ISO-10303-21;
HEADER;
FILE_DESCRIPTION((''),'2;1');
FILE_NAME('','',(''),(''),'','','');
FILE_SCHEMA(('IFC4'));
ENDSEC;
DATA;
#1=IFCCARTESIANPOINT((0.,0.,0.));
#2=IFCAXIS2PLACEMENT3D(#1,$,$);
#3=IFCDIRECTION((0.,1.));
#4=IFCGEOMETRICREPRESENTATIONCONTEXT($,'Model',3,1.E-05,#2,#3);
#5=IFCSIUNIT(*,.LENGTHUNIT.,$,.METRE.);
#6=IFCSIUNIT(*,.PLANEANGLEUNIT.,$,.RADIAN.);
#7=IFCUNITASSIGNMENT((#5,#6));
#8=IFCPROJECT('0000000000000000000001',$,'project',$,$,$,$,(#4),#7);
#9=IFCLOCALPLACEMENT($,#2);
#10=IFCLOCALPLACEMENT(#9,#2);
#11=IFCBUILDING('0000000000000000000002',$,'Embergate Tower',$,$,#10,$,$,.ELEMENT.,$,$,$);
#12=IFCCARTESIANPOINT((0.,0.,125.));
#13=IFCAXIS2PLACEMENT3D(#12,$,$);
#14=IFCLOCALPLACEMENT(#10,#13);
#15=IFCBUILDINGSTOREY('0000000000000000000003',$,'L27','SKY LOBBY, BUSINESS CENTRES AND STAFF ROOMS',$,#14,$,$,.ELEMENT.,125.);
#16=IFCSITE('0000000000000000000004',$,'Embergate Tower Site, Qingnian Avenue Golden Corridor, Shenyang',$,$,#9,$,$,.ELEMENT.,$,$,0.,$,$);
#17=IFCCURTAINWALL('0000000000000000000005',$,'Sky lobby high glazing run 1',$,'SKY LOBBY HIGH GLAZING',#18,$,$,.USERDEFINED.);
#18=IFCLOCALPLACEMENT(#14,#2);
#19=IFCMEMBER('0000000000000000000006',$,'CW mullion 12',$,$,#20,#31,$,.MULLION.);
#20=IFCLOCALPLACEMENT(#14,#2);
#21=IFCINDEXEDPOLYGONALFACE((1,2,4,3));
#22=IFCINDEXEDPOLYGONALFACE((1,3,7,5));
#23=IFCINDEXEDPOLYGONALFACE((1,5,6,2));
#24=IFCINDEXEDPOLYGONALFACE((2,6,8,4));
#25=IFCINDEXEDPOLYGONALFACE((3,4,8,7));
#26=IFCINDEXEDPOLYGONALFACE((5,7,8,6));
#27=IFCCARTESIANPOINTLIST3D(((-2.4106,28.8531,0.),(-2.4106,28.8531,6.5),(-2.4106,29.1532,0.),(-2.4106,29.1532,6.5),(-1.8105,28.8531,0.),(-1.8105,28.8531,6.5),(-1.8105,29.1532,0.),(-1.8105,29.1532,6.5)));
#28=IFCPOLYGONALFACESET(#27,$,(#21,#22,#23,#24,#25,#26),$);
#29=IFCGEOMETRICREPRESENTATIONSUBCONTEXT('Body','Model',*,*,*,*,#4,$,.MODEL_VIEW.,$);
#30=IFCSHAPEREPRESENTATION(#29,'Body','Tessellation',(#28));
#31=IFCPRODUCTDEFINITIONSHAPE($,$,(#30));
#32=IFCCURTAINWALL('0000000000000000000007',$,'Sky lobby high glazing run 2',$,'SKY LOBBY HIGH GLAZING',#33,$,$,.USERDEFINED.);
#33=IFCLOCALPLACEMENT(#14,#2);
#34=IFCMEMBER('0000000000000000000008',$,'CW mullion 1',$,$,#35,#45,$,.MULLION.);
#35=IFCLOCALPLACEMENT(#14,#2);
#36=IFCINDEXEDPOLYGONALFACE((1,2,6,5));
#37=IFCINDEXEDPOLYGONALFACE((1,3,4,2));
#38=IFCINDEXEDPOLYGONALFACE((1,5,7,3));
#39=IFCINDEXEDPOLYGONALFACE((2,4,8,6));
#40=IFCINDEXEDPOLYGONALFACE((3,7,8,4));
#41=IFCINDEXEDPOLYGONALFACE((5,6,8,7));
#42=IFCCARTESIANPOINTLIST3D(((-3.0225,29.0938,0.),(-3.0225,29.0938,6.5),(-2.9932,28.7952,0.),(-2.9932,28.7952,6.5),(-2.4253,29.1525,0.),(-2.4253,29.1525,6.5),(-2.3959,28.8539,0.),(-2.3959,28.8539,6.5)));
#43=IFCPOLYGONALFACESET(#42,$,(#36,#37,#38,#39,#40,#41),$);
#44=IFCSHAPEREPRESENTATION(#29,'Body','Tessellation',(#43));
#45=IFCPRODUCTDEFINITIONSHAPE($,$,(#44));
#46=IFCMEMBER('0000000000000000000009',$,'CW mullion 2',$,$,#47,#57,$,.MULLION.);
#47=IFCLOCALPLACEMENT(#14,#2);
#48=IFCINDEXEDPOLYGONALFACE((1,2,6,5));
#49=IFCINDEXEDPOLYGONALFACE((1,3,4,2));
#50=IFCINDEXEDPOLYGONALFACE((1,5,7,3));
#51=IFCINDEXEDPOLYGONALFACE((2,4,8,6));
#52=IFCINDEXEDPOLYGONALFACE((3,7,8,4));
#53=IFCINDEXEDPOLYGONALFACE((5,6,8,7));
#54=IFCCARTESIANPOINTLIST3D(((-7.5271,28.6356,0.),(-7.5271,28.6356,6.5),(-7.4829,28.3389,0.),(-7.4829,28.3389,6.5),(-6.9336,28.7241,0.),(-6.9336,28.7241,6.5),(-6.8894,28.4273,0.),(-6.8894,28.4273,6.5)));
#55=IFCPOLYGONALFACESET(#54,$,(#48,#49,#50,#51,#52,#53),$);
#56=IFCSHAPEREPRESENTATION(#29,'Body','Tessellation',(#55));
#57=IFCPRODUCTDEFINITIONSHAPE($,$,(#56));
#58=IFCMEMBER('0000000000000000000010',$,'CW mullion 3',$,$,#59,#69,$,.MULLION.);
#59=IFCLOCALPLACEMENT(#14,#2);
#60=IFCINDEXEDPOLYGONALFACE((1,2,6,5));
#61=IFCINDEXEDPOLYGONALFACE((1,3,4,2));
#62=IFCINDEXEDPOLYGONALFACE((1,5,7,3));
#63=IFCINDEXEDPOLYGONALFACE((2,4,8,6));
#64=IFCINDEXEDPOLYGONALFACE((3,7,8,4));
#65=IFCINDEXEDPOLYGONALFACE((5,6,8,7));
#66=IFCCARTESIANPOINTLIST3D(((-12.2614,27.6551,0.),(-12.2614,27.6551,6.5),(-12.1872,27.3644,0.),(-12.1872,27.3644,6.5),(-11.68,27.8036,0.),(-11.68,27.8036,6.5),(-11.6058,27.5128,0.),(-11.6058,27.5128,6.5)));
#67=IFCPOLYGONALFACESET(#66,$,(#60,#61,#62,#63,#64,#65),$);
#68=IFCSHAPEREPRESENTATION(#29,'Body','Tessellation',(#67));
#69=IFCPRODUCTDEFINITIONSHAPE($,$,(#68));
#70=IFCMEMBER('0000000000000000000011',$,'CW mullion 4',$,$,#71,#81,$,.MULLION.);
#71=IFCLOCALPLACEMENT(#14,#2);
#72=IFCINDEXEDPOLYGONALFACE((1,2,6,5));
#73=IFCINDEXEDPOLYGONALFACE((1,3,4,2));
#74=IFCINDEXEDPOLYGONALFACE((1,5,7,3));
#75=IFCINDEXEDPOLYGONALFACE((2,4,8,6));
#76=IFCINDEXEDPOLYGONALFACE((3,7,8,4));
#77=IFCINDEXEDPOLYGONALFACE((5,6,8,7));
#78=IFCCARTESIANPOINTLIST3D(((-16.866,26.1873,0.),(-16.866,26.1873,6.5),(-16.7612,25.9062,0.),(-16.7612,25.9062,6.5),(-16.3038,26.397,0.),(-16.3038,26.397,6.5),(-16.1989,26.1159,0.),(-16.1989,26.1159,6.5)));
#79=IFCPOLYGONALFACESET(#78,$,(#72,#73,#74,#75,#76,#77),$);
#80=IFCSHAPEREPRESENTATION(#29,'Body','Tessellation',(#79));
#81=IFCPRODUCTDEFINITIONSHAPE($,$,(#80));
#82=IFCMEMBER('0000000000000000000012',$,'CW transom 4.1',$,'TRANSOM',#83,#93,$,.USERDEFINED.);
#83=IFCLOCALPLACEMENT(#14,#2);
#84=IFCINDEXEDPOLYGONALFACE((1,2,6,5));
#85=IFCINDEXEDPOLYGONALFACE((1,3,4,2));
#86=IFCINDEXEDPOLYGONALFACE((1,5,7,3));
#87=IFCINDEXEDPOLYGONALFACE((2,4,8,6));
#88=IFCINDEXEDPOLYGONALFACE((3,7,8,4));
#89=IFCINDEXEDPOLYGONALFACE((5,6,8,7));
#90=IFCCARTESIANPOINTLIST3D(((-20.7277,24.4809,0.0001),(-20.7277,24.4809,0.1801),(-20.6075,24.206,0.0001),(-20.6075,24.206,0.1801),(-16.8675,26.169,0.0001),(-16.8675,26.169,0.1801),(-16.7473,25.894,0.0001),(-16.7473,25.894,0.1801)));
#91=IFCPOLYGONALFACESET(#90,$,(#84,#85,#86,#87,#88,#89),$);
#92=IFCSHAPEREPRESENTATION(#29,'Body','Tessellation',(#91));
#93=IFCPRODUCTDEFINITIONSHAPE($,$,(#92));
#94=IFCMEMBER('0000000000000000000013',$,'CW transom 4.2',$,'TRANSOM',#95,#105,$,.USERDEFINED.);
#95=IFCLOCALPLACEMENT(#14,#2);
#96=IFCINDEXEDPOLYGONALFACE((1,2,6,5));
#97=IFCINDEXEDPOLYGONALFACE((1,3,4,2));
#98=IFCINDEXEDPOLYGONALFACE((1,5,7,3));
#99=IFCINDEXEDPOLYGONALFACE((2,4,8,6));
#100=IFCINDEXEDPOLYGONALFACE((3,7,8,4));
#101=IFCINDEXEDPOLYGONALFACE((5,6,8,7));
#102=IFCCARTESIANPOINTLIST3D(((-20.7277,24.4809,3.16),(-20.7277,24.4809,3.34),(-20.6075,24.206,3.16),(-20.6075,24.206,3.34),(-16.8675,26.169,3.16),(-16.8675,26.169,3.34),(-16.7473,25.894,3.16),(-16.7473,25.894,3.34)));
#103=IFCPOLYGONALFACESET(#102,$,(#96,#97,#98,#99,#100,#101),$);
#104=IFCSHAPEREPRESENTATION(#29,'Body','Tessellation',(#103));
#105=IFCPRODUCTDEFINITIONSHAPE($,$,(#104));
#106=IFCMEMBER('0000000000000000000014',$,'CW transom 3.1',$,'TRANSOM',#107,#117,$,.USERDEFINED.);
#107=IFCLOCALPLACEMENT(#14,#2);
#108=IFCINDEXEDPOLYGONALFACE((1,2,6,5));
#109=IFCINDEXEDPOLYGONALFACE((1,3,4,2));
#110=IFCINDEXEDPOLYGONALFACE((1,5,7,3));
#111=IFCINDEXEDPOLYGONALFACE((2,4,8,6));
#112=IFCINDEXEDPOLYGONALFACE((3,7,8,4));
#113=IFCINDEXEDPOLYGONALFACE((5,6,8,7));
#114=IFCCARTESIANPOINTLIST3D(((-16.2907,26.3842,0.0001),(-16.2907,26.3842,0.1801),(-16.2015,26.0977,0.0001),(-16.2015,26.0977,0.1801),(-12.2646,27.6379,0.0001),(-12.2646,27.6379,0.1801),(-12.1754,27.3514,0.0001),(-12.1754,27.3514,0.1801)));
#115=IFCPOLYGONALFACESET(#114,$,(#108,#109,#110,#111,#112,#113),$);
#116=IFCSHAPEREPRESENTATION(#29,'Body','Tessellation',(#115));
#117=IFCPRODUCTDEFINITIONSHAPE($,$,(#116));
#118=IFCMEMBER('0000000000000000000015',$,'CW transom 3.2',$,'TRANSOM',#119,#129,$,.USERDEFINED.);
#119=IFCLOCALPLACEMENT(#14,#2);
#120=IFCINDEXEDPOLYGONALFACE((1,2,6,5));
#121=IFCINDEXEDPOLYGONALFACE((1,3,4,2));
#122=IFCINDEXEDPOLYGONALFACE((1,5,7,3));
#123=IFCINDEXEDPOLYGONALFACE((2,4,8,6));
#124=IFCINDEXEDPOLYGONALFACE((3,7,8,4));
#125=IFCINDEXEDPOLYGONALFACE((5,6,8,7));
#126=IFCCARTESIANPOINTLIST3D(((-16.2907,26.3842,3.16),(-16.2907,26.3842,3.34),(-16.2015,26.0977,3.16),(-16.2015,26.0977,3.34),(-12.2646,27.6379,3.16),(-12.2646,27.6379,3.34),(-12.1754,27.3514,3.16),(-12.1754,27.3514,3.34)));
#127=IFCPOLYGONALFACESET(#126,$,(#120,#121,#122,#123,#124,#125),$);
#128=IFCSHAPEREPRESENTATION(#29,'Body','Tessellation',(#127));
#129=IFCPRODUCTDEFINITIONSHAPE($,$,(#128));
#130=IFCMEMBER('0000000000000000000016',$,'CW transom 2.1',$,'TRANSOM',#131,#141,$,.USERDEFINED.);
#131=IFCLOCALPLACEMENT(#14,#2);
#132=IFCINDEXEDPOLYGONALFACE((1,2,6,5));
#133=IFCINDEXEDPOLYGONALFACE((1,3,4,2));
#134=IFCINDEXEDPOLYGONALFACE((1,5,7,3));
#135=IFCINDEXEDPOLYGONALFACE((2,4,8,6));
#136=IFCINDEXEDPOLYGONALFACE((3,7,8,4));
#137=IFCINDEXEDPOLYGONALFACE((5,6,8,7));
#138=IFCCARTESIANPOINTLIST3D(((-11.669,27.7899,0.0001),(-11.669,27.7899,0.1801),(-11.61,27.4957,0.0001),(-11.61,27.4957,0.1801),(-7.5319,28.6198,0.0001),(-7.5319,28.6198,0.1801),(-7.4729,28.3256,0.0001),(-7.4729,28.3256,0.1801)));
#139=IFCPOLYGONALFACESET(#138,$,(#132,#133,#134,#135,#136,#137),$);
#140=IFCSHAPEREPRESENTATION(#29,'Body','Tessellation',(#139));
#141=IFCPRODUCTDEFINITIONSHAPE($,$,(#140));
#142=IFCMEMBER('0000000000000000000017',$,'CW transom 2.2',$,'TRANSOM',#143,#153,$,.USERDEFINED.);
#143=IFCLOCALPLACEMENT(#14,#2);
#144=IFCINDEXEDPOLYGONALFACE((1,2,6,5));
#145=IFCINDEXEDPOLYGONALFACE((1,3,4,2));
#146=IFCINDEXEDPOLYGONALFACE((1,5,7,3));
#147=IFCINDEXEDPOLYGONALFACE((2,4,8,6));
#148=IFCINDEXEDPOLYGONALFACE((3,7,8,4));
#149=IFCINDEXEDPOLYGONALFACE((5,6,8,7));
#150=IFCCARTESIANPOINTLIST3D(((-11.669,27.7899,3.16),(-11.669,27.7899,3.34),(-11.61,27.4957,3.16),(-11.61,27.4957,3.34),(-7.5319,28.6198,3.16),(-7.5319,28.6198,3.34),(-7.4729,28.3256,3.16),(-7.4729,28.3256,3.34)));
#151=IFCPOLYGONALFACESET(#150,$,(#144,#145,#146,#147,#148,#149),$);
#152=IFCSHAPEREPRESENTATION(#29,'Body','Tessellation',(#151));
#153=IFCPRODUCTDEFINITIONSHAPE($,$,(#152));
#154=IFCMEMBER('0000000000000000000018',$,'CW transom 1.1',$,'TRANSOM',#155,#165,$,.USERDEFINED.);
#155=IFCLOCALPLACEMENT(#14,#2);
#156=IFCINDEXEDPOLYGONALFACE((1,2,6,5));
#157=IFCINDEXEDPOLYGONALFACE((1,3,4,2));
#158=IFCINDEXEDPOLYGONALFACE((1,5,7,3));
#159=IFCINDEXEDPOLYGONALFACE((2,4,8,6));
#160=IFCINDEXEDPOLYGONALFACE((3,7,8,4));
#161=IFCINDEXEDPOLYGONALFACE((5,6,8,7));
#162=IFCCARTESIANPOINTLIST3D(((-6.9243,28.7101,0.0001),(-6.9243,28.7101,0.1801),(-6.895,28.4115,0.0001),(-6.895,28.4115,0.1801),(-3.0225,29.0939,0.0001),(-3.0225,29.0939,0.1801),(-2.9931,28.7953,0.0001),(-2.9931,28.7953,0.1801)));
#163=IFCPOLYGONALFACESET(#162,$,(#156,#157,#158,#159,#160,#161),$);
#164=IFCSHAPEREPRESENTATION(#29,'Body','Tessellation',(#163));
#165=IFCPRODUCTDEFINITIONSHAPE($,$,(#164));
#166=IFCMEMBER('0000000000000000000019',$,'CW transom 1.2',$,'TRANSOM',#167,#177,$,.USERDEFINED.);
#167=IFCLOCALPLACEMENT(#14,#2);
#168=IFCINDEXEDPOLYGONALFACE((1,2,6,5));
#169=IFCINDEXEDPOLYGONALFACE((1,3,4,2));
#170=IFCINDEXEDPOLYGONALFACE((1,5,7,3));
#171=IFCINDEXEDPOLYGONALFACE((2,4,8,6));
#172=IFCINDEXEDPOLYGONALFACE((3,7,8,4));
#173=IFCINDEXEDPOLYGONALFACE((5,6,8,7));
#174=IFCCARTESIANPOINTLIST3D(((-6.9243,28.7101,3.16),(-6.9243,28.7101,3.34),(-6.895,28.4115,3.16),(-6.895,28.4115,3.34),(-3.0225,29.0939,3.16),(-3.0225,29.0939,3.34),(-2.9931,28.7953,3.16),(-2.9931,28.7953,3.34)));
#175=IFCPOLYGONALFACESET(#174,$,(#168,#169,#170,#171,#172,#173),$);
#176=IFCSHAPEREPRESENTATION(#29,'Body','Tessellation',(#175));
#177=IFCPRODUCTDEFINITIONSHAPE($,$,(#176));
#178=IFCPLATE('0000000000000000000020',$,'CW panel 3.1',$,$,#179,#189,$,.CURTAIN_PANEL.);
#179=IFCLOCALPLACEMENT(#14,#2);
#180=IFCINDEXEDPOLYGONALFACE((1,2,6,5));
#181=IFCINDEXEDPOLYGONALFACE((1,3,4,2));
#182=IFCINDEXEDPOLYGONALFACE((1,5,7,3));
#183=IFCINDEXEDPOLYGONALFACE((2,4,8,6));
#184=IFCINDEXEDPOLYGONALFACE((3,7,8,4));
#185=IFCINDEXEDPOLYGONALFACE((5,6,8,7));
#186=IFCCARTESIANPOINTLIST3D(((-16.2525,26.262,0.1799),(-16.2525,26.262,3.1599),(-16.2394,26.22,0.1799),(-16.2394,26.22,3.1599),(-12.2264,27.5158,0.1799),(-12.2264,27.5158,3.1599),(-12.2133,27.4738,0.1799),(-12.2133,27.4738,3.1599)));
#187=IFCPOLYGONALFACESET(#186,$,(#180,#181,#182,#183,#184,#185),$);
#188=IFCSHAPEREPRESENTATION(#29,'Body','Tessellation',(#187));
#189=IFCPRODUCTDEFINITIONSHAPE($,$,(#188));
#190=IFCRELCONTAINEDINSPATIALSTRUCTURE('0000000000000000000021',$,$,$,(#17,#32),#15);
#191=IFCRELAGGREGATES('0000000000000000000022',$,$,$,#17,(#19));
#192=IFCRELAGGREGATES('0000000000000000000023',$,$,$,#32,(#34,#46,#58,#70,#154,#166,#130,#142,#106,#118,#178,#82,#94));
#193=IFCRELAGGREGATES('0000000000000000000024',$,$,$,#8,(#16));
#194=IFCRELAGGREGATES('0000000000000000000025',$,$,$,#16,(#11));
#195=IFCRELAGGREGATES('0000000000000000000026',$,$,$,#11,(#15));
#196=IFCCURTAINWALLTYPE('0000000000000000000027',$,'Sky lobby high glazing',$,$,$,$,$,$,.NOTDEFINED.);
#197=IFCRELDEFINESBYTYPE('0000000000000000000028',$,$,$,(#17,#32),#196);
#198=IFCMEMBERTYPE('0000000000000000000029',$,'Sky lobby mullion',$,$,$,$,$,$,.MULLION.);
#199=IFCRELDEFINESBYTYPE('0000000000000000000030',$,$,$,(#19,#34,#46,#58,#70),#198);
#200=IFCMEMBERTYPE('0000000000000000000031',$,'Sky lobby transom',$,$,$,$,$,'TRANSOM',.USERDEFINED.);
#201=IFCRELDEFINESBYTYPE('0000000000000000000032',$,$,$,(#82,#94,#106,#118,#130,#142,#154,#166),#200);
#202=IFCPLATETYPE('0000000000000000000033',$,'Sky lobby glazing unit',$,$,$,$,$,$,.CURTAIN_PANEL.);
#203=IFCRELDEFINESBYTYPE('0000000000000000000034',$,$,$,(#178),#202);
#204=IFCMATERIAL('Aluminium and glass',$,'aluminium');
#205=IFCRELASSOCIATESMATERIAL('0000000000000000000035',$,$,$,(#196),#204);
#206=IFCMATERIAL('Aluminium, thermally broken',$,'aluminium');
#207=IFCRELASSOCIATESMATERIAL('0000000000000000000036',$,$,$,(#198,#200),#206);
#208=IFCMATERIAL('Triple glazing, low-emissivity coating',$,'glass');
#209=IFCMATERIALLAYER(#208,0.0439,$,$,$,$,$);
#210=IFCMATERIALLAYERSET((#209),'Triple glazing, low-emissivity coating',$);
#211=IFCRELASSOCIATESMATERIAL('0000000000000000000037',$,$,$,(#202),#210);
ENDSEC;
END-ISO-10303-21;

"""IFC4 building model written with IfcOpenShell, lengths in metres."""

from ifc_helpers import new_model, si_unit, direction, frame, origin, origin_2d, place, context, subcontext, project, spatial, rectangle, extrude, source, transform, mapped, material, layer, layer_set, material_profile, profile_set, type_object, element, aggregate, save


model = new_model("IFC4")

# Units and contexts
model_context = context("Model", 3, precision=1e-05, world=origin(), true_north=direction((0.0, 1.0)))
body_context = subcontext(model_context, "Body", "Model", "MODEL_VIEW")
ifc_project = project(units=[si_unit("LENGTHUNIT", "METRE"), si_unit("PLANEANGLEUNIT", "RADIAN")], contexts=[model_context])

# Site, building, storey
site_placement = place(None, origin())
site = spatial("IfcSite", under=ifc_project, at=site_placement, Name="Embergate Tower Site, Qingnian Avenue Golden Corridor, Shenyang", CompositionType="ELEMENT", RefElevation=0.0)
building_placement = place(site_placement, origin())
building = spatial("IfcBuilding", under=site, at=building_placement, Name="Embergate Tower", CompositionType="ELEMENT")
storey_placement = place(building_placement, frame((0.0, 0.0, 125.0)))
storey = spatial("IfcBuildingStorey", under=building, at=storey_placement, Name="L27", Description="SKY LOBBY, BUSINESS CENTRES AND STAFF ROOMS", CompositionType="ELEMENT", Elevation=125.0)

# Curtain wall, member
ifc_material_1 = material(Name="Aluminium and glass", Category="aluminium")
curtain_wall_type = type_object("IfcCurtainWallType", Name="Sky lobby high glazing", PredefinedType="NOTDEFINED", material=ifc_material_1)
curtain_wall_1_placement = place(storey_placement, origin())
curtain_wall_1 = element("IfcCurtainWall", 1, at=curtain_wall_1_placement, inside=storey, type_object=curtain_wall_type, Name="Sky lobby high glazing run 1", ObjectType="SKY LOBBY HIGH GLAZING", PredefinedType="USERDEFINED")
ifc_material_2 = material(Name="Aluminium, thermally broken", Category="aluminium")
ifc_material_profile_1 = material_profile(ifc_material_2, rectangle(XDim=0.3, YDim=0.6001, at=origin_2d()), Name="AL 600x300")
ifc_profile_set_1 = profile_set([ifc_material_profile_1], Name="Aluminium, thermally broken")
member_type_1 = type_object("IfcMemberType", Name="Sky lobby mullion", PredefinedType="MULLION", material=ifc_profile_set_1)
shared_shape_1 = source(origin(), body_context, "Body", "SweptSolid", [
    extrude(rectangle(XDim=0.3, YDim=0.6001, at=origin_2d()), origin(), (0.0, 0.0, 1.0), 6.5),
])
member_1_placement = place(storey_placement, frame((-2.1106, 29.0032, 0.0), z_axis=(0.0, 0.0, 1.0), x_axis=(0.0, -1.0, 0.0)))
member_1 = element("IfcMember", 2, at=member_1_placement, type_object=member_type_1, Name="CW mullion 12", PredefinedType="MULLION", context=body_context, shape_type="MappedRepresentation", body=[
    mapped(shared_shape_1, transform((0.0, 0.0, 0.0))),
])
aggregate(curtain_wall_1, [member_1])

# Curtain wall, members, plate
curtain_wall_2_placement = place(storey_placement, origin())
curtain_wall_2 = element("IfcCurtainWall", 3, at=curtain_wall_2_placement, inside=storey, type_object=curtain_wall_type, Name="Sky lobby high glazing run 2", ObjectType="SKY LOBBY HIGH GLAZING", PredefinedType="USERDEFINED")
member_2_placement = place(storey_placement, frame((-2.7092, 28.9739, 0.0), z_axis=(0.0, 0.0, 1.0), x_axis=(0.097828, -0.995203, 0.0)))
member_2 = element("IfcMember", 4, at=member_2_placement, type_object=member_type_1, Name="CW mullion 1", PredefinedType="MULLION", context=body_context, shape_type="MappedRepresentation", body=[
    mapped(shared_shape_1, transform((0.0, 0.0, 0.0))),
])
member_3_placement = place(storey_placement, frame((-7.2083, 28.5315, 0.0), z_axis=(0.0, 0.0, 1.0), x_axis=(0.147409, -0.989076, 0.0)))
member_3 = element("IfcMember", 5, at=member_3_placement, type_object=member_type_1, Name="CW mullion 2", PredefinedType="MULLION", context=body_context, shape_type="MappedRepresentation", body=[
    mapped(shared_shape_1, transform((0.0, 0.0, 0.0))),
])
member_4_placement = place(storey_placement, frame((-11.9336, 27.584, 0.0), z_axis=(0.0, 0.0, 1.0), x_axis=(0.247308, -0.968937, 0.0)))
member_4 = element("IfcMember", 6, at=member_4_placement, type_object=member_type_1, Name="CW mullion 3", PredefinedType="MULLION", context=body_context, shape_type="MappedRepresentation", body=[
    mapped(shared_shape_1, transform((0.0, 0.0, 0.0))),
])
member_5_placement = place(storey_placement, frame((-16.5325, 26.1516, 0.0), z_axis=(0.0, 0.0, 1.0), x_axis=(0.349498, -0.936937, 0.0)))
member_5 = element("IfcMember", 7, at=member_5_placement, type_object=member_type_1, Name="CW mullion 4", PredefinedType="MULLION", context=body_context, shape_type="MappedRepresentation", body=[
    mapped(shared_shape_1, transform((0.0, 0.0, 0.0))),
])
ifc_material_profile_2 = material_profile(ifc_material_2, rectangle(XDim=0.3, YDim=0.1799, at=origin_2d()), Name="AL 180x300")
ifc_profile_set_2 = profile_set([ifc_material_profile_2], Name="Aluminium, thermally broken")
member_type_2 = type_object("IfcMemberType", Name="Sky lobby transom", ElementType="TRANSOM", PredefinedType="USERDEFINED", material=ifc_profile_set_2)
shared_shape_2 = source(origin(), body_context, "Body", "SweptSolid", [
    extrude(rectangle(XDim=0.3, YDim=0.1799, at=origin_2d()), origin(), (0.0, 0.0, 1.0), 4.2131),
])
member_6_placement = place(storey_placement, frame((-16.8074, 26.0315, 0.0901), z_axis=(-0.916228, -0.400658, 0.0), x_axis=(0.400658, -0.916228, 0.0)))
member_6 = element("IfcMember", 8, at=member_6_placement, type_object=member_type_2, Name="CW transom 4.1", ObjectType="TRANSOM", PredefinedType="USERDEFINED", context=body_context, shape_type="MappedRepresentation", body=[
    mapped(shared_shape_2, transform((0.0, 0.0, 0.0))),
])
member_7_placement = place(storey_placement, frame((-16.8074, 26.0315, 3.25), z_axis=(-0.916228, -0.400658, 0.0), x_axis=(0.400658, -0.916228, 0.0)))
member_7 = element("IfcMember", 9, at=member_7_placement, type_object=member_type_2, Name="CW transom 4.2", ObjectType="TRANSOM", PredefinedType="USERDEFINED", context=body_context, shape_type="MappedRepresentation", body=[
    mapped(shared_shape_2, transform((0.0, 0.0, 0.0))),
])
shared_shape_3 = source(origin(), body_context, "Body", "SweptSolid", [
    extrude(rectangle(XDim=0.3, YDim=0.1799, at=origin_2d()), origin(), (0.0, 0.0, 1.0), 4.2168),
])
member_8_placement = place(storey_placement, frame((-12.22, 27.4946, 0.0901), z_axis=(-0.954783, -0.297302, 0.0), x_axis=(0.297302, -0.954783, 0.0)))
member_8 = element("IfcMember", 10, at=member_8_placement, type_object=member_type_2, Name="CW transom 3.1", ObjectType="TRANSOM", PredefinedType="USERDEFINED", context=body_context, shape_type="MappedRepresentation", body=[
    mapped(shared_shape_3, transform((0.0, 0.0, 0.0))),
])
member_9_placement = place(storey_placement, frame((-12.22, 27.4946, 3.25), z_axis=(-0.954783, -0.297302, 0.0), x_axis=(0.297302, -0.954783, 0.0)))
member_9 = element("IfcMember", 11, at=member_9_placement, type_object=member_type_2, Name="CW transom 3.2", ObjectType="TRANSOM", PredefinedType="USERDEFINED", context=body_context, shape_type="MappedRepresentation", body=[
    mapped(shared_shape_3, transform((0.0, 0.0, 0.0))),
])
shared_shape_4 = source(origin(), body_context, "Body", "SweptSolid", [
    extrude(rectangle(XDim=0.3, YDim=0.1799, at=origin_2d()), origin(), (0.0, 0.0, 1.0), 4.2195),
])
member_10_placement = place(storey_placement, frame((-7.5024, 28.4727, 0.0901), z_axis=(-0.980469, -0.196672, 0.0), x_axis=(0.196672, -0.980469, 0.0)))
member_10 = element("IfcMember", 12, at=member_10_placement, type_object=member_type_2, Name="CW transom 2.1", ObjectType="TRANSOM", PredefinedType="USERDEFINED", context=body_context, shape_type="MappedRepresentation", body=[
    mapped(shared_shape_4, transform((0.0, 0.0, 0.0))),
])
member_11_placement = place(storey_placement, frame((-7.5024, 28.4727, 3.25), z_axis=(-0.980469, -0.196672, 0.0), x_axis=(0.196672, -0.980469, 0.0)))
member_11 = element("IfcMember", 13, at=member_11_placement, type_object=member_type_2, Name="CW transom 2.2", ObjectType="TRANSOM", PredefinedType="USERDEFINED", context=body_context, shape_type="MappedRepresentation", body=[
    mapped(shared_shape_4, transform((0.0, 0.0, 0.0))),
])
shared_shape_5 = source(origin(), body_context, "Body", "SweptSolid", [
    extrude(rectangle(XDim=0.3, YDim=0.1799, at=origin_2d()), origin(), (0.0, 0.0, 1.0), 3.9207),
])
member_12_placement = place(storey_placement, frame((-3.0078, 28.9446, 0.0901), z_axis=(-0.995197, -0.097888, 0.0), x_axis=(0.097888, -0.995197, 0.0)))
member_12 = element("IfcMember", 14, at=member_12_placement, type_object=member_type_2, Name="CW transom 1.1", ObjectType="TRANSOM", PredefinedType="USERDEFINED", context=body_context, shape_type="MappedRepresentation", body=[
    mapped(shared_shape_5, transform((0.0, 0.0, 0.0))),
])
member_13_placement = place(storey_placement, frame((-3.0078, 28.9446, 3.25), z_axis=(-0.995197, -0.097888, 0.0), x_axis=(0.097888, -0.995197, 0.0)))
member_13 = element("IfcMember", 15, at=member_13_placement, type_object=member_type_2, Name="CW transom 1.2", ObjectType="TRANSOM", PredefinedType="USERDEFINED", context=body_context, shape_type="MappedRepresentation", body=[
    mapped(shared_shape_5, transform((0.0, 0.0, 0.0))),
])
ifc_material_3 = material(Name="Triple glazing, low-emissivity coating", Category="glass")
ifc_layer_1 = layer(ifc_material_3, 0.0439)
ifc_layer_set_1 = layer_set([ifc_layer_1], Name="Triple glazing, low-emissivity coating")
plate_type = type_object("IfcPlateType", Name="Sky lobby glazing unit", PredefinedType="CURTAIN_PANEL", material=ifc_layer_set_1)
shared_shape_6 = source(origin(), body_context, "Body", "SweptSolid", [
    extrude(rectangle(XDim=4.2168, YDim=0.0439, at=origin_2d()), origin(), (0.0, 0.0, 1.0), 2.98),
])
plate_1_placement = place(storey_placement, frame((-14.2329, 26.8679, 0.1799), z_axis=(0.0, 0.0, 1.0), x_axis=(-0.954773, -0.297337, 0.0)))
plate_1 = element("IfcPlate", 16, at=plate_1_placement, type_object=plate_type, Name="CW panel 3.1", PredefinedType="CURTAIN_PANEL", context=body_context, shape_type="MappedRepresentation", body=[
    mapped(shared_shape_6, transform((0.0, 0.0, 0.0))),
])
aggregate(curtain_wall_2, [member_2, member_3, member_4, member_5, member_12, member_13, member_10, member_11, member_8, member_9, plate_1, member_6, member_7])

save(model, "model.ifc")
